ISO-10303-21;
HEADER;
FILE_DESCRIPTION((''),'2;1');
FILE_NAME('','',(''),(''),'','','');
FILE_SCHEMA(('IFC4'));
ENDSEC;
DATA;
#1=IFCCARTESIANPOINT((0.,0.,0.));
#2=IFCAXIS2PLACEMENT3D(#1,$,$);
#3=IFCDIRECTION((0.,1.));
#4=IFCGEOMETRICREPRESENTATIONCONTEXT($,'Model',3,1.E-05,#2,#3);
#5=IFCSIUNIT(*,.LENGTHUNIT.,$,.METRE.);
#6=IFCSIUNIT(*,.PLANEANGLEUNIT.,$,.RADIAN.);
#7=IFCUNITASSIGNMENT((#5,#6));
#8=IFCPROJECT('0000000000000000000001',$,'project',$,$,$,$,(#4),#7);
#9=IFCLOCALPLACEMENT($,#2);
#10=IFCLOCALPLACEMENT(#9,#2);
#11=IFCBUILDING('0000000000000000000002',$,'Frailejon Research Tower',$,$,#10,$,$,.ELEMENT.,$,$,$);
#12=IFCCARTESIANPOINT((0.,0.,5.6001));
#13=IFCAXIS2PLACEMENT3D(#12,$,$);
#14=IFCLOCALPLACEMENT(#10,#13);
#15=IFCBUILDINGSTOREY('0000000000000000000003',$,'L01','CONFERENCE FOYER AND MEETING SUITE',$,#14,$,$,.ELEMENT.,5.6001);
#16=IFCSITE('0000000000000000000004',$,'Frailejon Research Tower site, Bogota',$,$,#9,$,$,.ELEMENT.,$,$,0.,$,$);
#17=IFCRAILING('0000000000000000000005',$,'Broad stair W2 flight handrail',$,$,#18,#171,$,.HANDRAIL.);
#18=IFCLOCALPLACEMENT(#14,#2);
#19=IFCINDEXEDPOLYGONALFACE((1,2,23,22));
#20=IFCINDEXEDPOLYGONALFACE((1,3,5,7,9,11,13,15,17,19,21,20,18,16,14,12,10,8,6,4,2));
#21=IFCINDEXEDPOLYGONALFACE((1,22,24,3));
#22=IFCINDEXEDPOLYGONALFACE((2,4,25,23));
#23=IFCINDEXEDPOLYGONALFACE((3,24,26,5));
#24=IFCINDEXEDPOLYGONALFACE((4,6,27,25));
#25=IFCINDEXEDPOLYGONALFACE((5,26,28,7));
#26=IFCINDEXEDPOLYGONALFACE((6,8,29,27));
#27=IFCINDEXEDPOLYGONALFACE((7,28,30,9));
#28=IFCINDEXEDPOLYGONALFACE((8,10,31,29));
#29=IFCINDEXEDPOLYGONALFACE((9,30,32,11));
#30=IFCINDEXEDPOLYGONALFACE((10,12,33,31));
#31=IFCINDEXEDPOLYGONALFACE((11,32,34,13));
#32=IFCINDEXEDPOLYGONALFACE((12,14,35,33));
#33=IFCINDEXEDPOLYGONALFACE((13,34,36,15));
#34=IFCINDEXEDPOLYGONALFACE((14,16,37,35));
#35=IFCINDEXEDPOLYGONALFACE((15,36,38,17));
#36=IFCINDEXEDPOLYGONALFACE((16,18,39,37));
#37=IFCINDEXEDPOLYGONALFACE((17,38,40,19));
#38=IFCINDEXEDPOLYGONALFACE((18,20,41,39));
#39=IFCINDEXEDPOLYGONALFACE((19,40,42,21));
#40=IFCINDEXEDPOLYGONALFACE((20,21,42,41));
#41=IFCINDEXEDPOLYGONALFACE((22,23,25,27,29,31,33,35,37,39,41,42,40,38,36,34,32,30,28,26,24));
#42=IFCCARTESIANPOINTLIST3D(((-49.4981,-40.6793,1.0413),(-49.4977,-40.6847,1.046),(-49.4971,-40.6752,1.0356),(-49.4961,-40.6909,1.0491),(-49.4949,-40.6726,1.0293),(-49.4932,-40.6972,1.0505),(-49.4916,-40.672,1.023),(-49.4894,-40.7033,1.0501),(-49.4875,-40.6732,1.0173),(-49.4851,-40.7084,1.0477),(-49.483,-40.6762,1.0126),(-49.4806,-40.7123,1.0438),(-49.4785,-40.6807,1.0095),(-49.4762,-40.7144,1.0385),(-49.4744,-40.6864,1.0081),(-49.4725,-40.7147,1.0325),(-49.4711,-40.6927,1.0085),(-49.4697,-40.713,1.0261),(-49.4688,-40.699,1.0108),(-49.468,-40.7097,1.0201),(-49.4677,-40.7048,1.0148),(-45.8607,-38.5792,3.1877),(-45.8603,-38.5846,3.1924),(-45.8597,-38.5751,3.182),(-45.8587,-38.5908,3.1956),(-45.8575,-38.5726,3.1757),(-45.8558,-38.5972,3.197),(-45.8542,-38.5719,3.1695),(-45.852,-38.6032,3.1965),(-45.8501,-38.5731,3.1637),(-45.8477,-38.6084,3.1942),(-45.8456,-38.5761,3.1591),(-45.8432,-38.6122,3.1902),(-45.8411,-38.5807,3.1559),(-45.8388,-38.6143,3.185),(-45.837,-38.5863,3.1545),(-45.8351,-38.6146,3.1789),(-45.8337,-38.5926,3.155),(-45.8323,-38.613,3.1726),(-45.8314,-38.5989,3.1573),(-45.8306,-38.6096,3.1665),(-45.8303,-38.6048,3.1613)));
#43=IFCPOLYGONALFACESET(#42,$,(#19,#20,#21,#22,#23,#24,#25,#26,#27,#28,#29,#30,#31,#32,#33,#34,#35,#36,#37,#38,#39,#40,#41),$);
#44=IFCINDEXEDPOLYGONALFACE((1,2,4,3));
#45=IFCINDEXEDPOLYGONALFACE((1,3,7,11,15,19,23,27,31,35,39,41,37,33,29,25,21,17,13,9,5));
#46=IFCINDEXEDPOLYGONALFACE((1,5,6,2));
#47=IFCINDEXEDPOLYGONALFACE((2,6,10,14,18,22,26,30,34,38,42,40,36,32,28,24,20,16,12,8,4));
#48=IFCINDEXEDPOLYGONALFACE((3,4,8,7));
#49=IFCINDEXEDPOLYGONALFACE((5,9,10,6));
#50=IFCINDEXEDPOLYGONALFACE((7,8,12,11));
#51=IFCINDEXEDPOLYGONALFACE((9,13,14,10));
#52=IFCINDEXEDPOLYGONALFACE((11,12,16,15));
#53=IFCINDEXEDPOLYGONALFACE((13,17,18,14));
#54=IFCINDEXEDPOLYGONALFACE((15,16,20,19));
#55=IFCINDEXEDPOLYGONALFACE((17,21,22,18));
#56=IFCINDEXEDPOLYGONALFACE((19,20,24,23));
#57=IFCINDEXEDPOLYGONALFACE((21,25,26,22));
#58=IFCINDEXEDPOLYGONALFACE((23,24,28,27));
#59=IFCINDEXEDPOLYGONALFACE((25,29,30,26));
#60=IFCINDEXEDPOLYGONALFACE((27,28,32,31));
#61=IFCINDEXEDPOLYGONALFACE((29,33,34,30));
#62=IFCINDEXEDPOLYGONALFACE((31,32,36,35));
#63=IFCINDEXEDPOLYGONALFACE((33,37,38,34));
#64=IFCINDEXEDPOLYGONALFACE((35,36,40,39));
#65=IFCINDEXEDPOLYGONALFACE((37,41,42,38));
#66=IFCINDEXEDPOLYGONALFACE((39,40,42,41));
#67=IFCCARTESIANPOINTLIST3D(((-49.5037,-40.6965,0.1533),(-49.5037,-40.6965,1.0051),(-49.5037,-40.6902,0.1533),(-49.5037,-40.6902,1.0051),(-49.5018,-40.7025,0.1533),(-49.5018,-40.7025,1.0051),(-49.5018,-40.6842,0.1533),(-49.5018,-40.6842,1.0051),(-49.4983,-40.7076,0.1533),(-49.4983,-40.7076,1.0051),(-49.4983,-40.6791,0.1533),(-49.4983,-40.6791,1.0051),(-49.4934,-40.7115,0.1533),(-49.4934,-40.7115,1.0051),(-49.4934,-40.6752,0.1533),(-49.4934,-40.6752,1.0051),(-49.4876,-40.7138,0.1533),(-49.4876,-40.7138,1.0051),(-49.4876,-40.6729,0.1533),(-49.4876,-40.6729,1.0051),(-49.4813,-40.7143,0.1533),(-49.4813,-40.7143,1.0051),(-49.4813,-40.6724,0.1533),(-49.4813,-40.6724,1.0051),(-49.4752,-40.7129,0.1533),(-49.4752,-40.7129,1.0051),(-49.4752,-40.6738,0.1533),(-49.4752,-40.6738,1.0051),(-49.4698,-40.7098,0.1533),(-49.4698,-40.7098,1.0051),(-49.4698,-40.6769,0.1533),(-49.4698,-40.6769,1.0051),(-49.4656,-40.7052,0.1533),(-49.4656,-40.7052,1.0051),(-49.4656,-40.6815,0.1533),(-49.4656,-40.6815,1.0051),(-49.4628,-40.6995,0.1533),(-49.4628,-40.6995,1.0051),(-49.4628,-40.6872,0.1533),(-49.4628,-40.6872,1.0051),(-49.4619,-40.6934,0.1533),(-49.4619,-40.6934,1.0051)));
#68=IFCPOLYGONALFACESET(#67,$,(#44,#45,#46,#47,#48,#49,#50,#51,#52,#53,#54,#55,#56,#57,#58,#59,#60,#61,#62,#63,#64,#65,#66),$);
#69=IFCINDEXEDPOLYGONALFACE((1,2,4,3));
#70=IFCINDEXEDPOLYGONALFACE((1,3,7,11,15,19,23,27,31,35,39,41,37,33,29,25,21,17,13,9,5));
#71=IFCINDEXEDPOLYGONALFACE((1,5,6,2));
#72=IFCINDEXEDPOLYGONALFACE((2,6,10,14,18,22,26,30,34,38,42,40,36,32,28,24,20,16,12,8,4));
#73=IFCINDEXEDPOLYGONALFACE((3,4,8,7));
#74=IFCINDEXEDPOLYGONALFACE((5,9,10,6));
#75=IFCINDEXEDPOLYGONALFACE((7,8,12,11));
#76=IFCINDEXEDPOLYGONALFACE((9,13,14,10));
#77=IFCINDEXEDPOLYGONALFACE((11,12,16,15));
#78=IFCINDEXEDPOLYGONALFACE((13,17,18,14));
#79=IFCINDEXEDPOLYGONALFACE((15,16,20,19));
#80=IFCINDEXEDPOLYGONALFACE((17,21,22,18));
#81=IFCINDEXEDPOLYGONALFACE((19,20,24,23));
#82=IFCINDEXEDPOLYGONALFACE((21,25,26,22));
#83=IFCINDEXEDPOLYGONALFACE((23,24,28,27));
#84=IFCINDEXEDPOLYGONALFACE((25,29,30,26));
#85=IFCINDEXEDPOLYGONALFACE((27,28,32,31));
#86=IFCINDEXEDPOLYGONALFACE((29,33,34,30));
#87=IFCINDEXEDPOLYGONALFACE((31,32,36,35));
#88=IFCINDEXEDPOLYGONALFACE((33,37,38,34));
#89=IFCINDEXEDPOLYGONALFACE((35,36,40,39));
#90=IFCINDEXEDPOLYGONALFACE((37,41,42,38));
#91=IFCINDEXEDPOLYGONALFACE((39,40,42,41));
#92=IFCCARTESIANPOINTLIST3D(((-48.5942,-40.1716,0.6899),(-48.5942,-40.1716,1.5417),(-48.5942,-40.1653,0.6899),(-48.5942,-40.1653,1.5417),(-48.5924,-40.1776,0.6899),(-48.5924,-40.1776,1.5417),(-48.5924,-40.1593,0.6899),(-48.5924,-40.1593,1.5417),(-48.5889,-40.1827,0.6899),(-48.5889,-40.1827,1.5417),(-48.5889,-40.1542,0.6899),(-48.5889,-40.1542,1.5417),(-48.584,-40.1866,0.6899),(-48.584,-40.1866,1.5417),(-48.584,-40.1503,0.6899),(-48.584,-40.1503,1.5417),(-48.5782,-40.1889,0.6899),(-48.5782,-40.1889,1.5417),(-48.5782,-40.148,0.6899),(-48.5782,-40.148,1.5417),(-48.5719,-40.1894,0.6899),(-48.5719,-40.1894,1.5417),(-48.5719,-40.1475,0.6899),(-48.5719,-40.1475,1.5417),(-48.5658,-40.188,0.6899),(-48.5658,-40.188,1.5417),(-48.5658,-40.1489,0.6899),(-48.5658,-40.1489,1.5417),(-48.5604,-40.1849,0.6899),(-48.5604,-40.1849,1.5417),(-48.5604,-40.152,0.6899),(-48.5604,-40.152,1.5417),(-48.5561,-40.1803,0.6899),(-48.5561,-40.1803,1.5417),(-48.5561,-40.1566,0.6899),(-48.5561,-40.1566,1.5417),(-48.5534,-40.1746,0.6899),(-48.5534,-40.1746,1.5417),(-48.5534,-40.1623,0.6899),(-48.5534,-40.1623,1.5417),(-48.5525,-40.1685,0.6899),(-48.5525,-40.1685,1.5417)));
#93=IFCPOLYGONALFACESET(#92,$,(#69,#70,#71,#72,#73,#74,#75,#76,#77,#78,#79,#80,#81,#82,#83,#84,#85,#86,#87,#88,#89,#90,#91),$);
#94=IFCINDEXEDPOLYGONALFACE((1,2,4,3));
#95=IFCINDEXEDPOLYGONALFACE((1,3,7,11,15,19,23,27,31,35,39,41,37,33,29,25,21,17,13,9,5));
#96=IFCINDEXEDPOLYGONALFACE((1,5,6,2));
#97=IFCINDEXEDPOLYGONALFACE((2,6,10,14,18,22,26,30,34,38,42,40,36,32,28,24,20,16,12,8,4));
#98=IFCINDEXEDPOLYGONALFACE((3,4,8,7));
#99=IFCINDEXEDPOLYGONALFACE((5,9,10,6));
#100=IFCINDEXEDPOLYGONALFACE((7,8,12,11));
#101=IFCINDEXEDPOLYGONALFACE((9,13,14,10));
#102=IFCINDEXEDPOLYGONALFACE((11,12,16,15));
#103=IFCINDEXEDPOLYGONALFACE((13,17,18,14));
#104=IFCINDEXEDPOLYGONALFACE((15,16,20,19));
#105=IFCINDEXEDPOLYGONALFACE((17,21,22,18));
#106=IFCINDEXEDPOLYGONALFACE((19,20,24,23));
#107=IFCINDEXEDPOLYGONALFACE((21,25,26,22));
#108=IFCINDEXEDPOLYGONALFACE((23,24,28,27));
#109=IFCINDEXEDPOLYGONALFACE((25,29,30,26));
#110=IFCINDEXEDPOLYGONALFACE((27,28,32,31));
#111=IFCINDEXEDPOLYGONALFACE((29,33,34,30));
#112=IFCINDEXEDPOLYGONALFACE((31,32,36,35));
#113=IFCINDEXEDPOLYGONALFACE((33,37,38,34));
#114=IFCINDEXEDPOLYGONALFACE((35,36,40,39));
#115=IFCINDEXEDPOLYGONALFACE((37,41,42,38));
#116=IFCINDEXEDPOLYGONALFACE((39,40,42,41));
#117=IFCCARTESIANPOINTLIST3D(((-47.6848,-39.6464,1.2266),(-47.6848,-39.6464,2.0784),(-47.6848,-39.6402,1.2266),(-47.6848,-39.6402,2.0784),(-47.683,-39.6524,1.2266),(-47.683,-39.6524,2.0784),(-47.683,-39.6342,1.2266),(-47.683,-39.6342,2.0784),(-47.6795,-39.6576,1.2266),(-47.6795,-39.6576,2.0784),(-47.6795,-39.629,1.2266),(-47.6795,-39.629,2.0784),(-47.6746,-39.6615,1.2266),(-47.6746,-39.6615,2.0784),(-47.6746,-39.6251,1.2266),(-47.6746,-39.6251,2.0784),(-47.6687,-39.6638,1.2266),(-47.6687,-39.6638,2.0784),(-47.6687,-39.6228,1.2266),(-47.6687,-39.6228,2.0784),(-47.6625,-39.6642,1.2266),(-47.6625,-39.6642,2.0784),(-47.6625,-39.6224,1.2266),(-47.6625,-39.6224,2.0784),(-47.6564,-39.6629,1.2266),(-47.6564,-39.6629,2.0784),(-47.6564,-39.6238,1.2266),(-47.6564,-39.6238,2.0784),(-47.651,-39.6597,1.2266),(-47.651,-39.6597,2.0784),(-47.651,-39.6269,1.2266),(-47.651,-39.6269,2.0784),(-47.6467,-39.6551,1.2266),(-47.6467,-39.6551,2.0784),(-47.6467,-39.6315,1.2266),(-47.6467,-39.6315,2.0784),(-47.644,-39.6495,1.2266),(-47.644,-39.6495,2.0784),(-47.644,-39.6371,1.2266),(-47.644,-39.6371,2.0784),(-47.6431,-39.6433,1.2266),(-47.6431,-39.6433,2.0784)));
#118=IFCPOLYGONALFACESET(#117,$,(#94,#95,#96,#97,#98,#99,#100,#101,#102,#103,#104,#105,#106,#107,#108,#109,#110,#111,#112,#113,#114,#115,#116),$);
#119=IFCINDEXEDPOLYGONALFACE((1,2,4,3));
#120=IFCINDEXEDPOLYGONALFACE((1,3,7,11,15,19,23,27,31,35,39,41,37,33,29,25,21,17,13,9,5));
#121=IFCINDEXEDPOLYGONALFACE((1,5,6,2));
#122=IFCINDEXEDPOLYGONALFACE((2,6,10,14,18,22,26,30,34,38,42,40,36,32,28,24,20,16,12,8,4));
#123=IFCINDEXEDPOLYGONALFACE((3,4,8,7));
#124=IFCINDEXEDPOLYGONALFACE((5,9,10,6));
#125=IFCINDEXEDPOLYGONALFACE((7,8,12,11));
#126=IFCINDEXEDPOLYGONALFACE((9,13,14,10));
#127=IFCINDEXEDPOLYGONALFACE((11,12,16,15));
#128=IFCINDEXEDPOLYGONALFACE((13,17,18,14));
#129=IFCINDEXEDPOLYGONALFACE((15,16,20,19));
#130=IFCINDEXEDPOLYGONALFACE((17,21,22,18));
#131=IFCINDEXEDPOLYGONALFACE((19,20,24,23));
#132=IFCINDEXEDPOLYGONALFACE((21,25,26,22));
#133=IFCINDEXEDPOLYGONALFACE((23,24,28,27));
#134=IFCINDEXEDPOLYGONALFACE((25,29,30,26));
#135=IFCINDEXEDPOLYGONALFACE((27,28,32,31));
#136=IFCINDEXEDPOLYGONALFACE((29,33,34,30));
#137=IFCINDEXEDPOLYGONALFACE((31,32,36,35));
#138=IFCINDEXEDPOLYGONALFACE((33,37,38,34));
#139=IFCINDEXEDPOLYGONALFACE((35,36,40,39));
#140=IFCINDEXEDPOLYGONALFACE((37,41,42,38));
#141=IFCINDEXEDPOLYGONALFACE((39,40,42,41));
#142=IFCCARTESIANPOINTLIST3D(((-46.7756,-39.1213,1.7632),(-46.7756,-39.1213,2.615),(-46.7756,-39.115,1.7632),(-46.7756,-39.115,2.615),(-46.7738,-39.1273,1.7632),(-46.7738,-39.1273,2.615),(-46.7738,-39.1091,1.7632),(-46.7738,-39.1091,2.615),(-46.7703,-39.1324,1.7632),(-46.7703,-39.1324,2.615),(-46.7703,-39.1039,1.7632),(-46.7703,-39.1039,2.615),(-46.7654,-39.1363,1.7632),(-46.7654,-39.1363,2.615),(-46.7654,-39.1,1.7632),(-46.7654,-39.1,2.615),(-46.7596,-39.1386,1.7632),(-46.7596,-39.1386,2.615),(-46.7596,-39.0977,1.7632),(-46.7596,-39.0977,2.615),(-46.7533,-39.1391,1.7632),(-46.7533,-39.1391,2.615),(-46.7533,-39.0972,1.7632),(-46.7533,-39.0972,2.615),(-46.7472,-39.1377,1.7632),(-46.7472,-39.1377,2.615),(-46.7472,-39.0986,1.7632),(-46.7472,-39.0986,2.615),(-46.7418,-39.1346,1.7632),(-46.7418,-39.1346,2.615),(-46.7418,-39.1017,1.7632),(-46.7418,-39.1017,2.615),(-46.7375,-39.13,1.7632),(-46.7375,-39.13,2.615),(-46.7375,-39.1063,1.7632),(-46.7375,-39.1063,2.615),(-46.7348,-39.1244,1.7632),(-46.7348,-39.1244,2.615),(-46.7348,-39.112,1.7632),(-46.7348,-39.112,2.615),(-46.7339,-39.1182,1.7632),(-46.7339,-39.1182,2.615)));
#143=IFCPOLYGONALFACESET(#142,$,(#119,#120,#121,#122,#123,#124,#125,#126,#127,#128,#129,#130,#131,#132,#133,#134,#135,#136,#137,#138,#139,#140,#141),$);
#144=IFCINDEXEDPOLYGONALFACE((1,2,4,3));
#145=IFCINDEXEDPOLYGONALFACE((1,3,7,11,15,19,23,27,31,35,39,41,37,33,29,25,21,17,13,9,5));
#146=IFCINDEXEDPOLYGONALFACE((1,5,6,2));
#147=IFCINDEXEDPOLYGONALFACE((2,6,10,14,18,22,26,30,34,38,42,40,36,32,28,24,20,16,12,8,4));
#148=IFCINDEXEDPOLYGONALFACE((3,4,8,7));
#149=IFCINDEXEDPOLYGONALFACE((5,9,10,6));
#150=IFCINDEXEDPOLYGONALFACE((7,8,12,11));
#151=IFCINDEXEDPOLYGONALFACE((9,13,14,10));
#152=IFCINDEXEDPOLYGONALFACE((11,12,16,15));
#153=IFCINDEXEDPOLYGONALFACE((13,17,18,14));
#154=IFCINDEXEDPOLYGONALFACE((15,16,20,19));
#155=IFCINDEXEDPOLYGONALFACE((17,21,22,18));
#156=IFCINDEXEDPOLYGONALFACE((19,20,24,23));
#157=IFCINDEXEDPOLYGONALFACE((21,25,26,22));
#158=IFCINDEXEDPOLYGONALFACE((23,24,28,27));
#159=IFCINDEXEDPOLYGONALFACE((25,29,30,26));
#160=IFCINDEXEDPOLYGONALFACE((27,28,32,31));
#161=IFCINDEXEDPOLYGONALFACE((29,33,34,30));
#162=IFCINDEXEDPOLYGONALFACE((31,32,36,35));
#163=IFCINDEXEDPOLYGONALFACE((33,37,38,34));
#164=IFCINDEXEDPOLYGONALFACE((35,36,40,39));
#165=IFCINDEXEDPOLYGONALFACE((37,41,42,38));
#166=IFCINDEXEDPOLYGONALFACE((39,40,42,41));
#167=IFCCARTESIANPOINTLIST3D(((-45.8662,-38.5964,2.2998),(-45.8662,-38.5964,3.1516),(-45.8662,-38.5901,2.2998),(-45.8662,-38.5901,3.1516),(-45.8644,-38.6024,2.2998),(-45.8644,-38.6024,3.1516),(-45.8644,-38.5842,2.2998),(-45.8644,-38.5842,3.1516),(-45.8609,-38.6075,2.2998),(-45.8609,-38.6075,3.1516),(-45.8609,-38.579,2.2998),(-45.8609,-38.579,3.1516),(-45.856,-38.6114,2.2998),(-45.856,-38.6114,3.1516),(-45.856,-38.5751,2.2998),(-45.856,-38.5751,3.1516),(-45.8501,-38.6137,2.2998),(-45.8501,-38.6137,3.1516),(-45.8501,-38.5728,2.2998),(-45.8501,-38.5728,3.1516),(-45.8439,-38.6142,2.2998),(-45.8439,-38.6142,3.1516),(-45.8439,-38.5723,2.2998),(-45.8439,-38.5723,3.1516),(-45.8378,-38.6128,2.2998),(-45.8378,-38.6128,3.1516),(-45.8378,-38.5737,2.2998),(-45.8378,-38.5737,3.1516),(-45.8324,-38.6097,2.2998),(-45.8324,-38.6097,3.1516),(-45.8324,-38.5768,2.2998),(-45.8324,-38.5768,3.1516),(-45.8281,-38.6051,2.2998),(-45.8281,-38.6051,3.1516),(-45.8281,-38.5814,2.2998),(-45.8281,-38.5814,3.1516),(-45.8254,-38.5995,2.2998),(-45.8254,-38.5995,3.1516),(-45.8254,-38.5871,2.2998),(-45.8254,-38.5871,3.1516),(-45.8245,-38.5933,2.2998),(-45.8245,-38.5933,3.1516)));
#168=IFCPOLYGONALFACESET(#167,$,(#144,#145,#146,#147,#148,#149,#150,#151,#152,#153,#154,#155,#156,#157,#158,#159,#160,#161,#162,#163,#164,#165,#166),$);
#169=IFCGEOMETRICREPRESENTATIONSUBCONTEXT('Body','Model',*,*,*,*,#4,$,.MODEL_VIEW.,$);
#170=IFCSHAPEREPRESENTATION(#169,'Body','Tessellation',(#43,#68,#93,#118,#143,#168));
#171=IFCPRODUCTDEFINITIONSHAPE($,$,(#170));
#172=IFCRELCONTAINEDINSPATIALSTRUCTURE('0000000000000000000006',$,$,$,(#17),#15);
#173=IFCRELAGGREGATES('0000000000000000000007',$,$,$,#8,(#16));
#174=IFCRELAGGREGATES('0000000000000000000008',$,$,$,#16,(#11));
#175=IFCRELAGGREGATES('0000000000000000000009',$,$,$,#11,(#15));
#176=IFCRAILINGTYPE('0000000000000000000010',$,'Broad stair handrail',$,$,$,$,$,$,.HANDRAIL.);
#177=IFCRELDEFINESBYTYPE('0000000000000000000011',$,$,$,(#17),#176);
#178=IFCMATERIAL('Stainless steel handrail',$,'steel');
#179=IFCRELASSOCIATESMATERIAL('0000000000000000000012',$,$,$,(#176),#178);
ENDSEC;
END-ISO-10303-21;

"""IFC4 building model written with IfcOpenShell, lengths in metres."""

from ifc_helpers import new_model, si_unit, direction, frame, origin, origin_2d, place, context, subcontext, project, spatial, circle, extrude, material, type_object, element, save


model = new_model("IFC4")

# Units and contexts
model_context = context("Model", 3, precision=1e-05, world=origin(), true_north=direction((0.0, 1.0)))
body_context = subcontext(model_context, "Body", "Model", "MODEL_VIEW")
ifc_project = project(units=[si_unit("LENGTHUNIT", "METRE"), si_unit("PLANEANGLEUNIT", "RADIAN")], contexts=[model_context])

# Site, building, storey
site_placement = place(None, origin())
site = spatial("IfcSite", under=ifc_project, at=site_placement, Name="Frailejon Research Tower site, Bogota", CompositionType="ELEMENT", RefElevation=0.0)
building_placement = place(site_placement, origin())
building = spatial("IfcBuilding", under=site, at=building_placement, Name="Frailejon Research Tower", CompositionType="ELEMENT")
storey_placement = place(building_placement, frame((0.0, 0.0, 5.6001)))
storey = spatial("IfcBuildingStorey", under=building, at=storey_placement, Name="L01", Description="CONFERENCE FOYER AND MEETING SUITE", CompositionType="ELEMENT", Elevation=5.6001)

# Railing
ifc_material_1 = material(Name="Stainless steel handrail", Category="steel")
railing_type_1 = type_object("IfcRailingType", Name="Broad stair handrail", PredefinedType="HANDRAIL", material=ifc_material_1)
for number, where, name in (
    (1, (-49.4829, -40.6934, 0.1533), "Broad stair W2 flight handrail"),
):
    element("IfcRailing", number, at=place(storey_placement, frame(where)), inside=storey, type_object=railing_type_1, Name=name, PredefinedType="HANDRAIL", context=body_context, shape_type="SweptSolid", body=[
        extrude(circle(Radius=0.0239, at=origin_2d()), frame((0.0, 0.0, 0.876), z_axis=(0.771158, 0.445231, 0.455065), x_axis=(-0.500003, 0.866024, 0.0)), (0.0, 0.0, 1.0), 4.7168),
        extrude(circle(Radius=0.021, at=origin_2d()), origin(), (0.0, 0.0, 1.0), 0.8518),
        extrude(circle(Radius=0.021, at=origin_2d()), frame((0.9094, 0.5249, 0.5366)), (0.0, 0.0, 1.0), 0.8518),
        extrude(circle(Radius=0.021, at=origin_2d()), frame((1.8188, 1.05, 1.0732)), (0.0, 0.0, 1.0), 0.8518),
        extrude(circle(Radius=0.021, at=origin_2d()), frame((2.728, 1.5752, 1.6099)), (0.0, 0.0, 1.0), 0.8518),
        extrude(circle(Radius=0.021, at=origin_2d()), frame((3.6375, 2.1001, 2.1465)), (0.0, 0.0, 1.0), 0.8518),
    ])

save(model, "model.ifc")
